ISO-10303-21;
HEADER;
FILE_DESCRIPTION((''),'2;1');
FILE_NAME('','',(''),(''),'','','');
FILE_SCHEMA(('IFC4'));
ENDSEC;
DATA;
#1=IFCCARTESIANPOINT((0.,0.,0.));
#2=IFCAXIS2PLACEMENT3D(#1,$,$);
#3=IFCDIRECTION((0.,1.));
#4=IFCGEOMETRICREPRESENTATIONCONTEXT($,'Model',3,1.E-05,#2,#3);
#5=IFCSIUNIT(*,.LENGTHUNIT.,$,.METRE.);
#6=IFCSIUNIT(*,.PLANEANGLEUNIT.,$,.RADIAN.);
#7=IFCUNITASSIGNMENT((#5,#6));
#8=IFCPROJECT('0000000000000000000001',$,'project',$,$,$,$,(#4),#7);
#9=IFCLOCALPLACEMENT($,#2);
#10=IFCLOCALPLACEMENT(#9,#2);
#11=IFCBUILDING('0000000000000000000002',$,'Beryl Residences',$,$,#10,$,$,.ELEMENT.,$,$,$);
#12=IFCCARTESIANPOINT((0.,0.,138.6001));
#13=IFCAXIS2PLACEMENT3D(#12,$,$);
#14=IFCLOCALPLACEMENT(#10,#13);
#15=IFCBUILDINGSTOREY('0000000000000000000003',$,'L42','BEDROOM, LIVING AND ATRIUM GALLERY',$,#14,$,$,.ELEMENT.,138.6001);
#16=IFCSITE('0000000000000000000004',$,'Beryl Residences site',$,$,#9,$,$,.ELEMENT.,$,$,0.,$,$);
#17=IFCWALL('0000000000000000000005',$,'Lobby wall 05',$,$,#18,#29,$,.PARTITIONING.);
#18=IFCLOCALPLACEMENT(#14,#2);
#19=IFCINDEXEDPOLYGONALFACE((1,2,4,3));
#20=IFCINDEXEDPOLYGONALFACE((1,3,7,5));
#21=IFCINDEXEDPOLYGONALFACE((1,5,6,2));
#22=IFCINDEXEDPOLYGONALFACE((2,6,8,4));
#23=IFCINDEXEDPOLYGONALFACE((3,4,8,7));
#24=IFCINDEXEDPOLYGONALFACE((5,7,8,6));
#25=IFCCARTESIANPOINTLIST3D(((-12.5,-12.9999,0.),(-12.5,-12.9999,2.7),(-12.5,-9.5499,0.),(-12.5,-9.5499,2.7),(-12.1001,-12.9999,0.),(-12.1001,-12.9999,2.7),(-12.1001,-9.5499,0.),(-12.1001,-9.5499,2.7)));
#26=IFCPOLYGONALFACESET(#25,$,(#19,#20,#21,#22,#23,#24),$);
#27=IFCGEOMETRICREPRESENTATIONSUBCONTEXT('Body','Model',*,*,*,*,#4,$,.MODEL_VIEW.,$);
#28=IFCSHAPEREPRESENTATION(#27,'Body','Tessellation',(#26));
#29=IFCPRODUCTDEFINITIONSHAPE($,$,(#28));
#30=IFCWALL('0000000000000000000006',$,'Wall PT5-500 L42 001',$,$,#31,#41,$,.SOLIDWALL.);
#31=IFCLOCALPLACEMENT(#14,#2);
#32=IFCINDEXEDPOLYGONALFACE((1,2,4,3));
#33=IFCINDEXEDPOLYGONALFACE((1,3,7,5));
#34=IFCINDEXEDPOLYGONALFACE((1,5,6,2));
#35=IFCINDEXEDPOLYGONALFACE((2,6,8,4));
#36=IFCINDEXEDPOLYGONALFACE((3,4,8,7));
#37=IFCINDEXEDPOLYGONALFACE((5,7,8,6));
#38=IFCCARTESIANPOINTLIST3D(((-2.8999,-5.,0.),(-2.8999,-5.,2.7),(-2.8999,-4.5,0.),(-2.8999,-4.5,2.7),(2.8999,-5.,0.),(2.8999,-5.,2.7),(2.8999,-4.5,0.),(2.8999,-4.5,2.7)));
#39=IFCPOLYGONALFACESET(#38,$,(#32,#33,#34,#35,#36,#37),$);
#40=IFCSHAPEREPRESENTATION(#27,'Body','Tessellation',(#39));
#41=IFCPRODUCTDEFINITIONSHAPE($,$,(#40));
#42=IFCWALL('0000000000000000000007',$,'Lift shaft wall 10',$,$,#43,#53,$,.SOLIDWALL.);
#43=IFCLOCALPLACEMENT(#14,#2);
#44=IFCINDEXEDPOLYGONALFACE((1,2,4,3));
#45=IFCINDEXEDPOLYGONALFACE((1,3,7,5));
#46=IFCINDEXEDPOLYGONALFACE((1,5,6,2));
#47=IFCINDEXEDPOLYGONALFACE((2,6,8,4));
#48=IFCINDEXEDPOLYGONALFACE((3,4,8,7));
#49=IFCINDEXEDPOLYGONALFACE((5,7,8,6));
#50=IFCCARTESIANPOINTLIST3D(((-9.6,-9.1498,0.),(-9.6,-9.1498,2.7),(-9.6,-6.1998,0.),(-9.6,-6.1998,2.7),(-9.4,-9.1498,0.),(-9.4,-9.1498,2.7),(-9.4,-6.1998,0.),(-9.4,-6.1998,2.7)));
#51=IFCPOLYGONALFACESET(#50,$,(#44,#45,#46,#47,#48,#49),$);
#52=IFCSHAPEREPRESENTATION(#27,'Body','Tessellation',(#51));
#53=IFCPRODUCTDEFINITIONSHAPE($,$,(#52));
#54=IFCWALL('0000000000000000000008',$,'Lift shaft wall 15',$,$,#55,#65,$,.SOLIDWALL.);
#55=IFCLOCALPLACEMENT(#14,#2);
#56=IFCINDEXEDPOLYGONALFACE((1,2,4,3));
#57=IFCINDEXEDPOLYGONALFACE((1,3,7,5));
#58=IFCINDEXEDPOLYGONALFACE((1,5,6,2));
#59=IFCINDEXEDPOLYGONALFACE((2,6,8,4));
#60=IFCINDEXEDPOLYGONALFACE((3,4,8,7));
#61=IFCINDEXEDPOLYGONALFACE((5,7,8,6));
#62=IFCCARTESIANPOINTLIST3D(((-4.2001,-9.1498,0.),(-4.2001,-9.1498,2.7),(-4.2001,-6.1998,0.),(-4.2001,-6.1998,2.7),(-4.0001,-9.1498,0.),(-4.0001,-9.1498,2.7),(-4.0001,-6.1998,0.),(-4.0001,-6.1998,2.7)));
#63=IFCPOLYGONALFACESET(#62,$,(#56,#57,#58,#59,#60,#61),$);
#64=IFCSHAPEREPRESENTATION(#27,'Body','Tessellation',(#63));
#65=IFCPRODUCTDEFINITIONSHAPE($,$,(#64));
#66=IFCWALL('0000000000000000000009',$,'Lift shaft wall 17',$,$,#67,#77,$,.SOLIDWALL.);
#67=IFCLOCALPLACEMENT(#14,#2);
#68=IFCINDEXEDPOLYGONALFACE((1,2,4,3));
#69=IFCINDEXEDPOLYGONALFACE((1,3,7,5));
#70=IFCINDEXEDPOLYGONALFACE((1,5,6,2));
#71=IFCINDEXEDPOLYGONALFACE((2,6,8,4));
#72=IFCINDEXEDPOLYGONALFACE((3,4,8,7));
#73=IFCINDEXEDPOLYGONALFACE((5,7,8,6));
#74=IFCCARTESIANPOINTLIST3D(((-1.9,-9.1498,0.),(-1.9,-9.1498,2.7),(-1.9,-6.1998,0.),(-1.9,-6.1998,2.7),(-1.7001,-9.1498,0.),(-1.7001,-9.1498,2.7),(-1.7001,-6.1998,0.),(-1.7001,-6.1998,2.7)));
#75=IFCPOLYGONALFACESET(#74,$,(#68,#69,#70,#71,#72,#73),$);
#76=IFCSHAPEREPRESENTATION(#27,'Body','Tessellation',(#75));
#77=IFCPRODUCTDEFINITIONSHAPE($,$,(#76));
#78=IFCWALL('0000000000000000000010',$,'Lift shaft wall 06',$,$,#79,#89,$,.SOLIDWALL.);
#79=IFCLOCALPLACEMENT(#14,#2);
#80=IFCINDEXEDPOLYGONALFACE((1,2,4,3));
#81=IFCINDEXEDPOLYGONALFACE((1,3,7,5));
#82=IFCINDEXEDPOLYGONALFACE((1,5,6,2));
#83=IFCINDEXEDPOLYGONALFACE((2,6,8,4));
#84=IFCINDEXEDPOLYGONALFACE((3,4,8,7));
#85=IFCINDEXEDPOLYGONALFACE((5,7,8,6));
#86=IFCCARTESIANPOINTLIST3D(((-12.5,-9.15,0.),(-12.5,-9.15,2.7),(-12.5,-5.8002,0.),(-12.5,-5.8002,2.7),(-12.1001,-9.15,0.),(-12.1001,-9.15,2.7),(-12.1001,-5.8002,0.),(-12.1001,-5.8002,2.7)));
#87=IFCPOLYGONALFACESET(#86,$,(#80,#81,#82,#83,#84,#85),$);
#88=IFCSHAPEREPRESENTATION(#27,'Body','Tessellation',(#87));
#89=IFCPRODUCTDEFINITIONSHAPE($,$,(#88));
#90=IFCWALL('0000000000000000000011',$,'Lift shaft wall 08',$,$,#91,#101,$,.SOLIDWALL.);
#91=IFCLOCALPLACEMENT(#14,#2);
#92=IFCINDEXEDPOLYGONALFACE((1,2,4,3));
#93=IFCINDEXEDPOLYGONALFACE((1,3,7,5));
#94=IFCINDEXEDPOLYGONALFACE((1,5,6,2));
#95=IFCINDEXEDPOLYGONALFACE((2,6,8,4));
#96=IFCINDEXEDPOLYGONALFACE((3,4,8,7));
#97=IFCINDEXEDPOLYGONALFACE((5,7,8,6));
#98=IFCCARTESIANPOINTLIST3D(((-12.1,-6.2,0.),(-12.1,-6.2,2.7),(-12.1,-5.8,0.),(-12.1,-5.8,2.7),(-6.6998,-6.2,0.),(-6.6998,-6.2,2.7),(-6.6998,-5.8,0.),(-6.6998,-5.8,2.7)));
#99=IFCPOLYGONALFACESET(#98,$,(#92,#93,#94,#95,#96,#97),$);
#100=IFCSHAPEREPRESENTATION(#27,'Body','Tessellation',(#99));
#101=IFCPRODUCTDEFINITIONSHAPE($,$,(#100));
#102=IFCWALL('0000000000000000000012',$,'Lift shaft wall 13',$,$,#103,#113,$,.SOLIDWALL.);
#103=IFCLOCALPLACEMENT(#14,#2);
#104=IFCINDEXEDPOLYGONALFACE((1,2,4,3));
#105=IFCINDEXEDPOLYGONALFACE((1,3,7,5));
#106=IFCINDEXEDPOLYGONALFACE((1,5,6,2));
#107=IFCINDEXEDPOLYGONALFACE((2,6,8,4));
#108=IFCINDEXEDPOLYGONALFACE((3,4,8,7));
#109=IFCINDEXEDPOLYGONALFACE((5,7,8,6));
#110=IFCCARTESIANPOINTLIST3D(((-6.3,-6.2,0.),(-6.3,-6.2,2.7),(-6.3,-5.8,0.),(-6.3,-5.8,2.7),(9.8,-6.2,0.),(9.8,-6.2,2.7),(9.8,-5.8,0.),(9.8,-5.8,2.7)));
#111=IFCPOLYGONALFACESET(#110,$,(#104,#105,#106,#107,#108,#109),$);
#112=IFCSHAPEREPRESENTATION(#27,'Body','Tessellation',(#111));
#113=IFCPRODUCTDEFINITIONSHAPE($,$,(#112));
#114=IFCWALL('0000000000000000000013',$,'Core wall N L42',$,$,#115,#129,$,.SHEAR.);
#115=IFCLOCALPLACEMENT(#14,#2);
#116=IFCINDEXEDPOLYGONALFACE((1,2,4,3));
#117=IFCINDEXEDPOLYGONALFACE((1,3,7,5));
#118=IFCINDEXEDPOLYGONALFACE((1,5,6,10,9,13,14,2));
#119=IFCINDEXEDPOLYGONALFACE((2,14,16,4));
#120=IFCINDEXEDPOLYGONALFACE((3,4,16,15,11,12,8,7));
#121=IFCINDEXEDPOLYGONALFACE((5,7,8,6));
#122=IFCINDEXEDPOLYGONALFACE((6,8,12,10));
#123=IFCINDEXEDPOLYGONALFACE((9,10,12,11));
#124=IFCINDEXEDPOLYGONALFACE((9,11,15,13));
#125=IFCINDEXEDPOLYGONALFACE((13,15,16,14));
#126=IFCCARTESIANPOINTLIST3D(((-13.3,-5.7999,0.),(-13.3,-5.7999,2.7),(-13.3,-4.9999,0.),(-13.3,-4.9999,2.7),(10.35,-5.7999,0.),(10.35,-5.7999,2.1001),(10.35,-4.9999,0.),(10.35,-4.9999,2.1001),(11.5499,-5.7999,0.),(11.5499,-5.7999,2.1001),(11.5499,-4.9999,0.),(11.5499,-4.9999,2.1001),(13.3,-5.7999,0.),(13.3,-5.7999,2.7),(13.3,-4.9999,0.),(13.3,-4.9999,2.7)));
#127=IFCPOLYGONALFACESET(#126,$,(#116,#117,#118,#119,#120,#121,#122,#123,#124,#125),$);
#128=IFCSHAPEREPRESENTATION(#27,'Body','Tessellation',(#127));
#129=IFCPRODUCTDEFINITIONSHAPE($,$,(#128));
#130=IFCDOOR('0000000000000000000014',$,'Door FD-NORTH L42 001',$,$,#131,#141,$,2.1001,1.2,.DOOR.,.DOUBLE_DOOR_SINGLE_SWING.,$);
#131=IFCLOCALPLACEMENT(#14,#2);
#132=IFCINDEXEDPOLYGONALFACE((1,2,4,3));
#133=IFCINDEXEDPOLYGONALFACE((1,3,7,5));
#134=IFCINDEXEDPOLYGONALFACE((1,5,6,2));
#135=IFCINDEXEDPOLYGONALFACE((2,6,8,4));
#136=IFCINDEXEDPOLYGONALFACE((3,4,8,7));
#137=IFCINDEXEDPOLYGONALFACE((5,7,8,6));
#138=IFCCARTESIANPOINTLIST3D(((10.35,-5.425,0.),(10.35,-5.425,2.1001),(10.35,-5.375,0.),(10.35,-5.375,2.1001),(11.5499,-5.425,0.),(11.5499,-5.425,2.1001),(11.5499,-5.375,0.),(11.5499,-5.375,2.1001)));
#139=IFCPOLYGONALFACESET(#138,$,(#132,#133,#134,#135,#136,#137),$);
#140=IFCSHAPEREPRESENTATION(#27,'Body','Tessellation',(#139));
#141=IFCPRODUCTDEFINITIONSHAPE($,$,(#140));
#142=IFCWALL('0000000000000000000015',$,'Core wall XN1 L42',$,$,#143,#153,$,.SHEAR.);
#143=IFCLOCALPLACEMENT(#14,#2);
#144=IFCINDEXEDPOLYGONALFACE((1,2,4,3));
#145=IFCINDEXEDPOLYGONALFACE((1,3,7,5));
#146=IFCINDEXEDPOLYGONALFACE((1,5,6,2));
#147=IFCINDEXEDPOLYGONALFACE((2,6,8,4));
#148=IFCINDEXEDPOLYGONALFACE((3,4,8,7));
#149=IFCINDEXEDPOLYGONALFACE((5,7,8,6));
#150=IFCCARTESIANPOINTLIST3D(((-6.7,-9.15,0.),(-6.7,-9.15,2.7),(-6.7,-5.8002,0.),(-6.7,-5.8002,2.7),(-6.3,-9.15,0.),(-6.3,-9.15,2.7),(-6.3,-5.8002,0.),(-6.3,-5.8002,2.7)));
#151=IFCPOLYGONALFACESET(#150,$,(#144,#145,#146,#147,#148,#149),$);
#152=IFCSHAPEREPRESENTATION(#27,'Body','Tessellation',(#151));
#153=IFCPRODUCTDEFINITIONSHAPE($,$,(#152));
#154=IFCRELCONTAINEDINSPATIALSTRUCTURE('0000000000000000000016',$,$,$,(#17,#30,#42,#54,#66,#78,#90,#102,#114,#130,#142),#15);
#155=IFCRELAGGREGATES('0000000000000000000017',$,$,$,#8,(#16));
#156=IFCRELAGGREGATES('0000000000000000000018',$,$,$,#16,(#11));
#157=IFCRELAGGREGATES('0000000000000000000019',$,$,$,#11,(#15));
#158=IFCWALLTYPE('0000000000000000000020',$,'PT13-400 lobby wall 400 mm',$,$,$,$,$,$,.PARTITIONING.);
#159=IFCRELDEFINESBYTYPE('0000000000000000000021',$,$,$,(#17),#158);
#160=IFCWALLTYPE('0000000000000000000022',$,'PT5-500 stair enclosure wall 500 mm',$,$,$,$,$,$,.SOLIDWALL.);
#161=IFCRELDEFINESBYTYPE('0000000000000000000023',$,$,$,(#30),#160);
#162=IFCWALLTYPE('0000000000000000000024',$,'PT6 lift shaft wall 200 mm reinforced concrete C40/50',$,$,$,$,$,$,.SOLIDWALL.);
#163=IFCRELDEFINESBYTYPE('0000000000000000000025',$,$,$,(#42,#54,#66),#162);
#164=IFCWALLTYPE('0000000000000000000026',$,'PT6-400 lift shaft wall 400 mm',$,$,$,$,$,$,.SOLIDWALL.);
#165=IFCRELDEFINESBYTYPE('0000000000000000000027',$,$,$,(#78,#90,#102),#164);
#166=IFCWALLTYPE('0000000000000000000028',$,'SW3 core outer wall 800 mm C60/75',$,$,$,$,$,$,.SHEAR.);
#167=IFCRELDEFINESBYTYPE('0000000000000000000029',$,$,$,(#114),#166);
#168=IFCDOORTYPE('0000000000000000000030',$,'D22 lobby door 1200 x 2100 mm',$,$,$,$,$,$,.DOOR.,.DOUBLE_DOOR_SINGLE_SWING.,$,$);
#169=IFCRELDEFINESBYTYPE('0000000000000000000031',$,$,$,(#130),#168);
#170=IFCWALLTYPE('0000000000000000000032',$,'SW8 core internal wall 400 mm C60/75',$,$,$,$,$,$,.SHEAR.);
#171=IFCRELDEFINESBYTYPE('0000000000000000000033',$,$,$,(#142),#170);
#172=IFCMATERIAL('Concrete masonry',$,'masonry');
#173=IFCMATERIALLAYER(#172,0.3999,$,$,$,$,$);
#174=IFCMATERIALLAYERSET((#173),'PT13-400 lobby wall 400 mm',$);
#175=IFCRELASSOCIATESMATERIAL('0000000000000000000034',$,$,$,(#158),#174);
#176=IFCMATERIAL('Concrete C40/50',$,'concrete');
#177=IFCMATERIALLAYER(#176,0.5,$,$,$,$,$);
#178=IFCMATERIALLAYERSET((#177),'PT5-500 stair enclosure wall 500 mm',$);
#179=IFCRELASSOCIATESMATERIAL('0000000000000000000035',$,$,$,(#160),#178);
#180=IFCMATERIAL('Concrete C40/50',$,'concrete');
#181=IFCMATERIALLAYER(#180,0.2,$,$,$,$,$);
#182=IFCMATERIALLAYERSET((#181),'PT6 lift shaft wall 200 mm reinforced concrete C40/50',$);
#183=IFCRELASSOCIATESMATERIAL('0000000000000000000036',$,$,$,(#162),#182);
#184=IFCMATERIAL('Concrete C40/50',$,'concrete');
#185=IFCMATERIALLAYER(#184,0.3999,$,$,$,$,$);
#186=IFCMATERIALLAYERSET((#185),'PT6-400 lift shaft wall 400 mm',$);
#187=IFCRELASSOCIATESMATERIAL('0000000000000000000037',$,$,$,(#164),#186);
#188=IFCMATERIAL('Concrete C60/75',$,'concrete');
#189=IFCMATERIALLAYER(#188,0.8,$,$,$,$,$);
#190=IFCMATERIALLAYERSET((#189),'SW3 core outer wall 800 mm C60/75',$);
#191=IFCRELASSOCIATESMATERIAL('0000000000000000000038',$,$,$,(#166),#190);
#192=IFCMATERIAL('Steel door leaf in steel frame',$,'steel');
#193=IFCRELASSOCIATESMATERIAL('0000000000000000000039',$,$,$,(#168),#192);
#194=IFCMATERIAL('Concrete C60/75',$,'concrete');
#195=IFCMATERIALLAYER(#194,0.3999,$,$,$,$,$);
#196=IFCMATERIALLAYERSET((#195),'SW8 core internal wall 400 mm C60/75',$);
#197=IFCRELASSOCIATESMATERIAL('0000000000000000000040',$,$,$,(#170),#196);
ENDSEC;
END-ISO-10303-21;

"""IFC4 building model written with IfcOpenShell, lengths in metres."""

from ifc_helpers import new_model, si_unit, direction, frame, frame_2d, origin, place, context, subcontext, project, spatial, rectangle, extrude, material, layer, layer_set, type_object, element, fill, save


model = new_model("IFC4")

# Units and contexts
model_context = context("Model", 3, precision=1e-05, world=origin(), true_north=direction((0.0, 1.0)))
body_context = subcontext(model_context, "Body", "Model", "MODEL_VIEW")
ifc_project = project(units=[si_unit("LENGTHUNIT", "METRE"), si_unit("PLANEANGLEUNIT", "RADIAN")], contexts=[model_context])

# Site, building, storey
site_placement = place(None, origin())
site = spatial("IfcSite", under=ifc_project, at=site_placement, Name="Beryl Residences site", CompositionType="ELEMENT", RefElevation=0.0)
building_placement = place(site_placement, origin())
building = spatial("IfcBuilding", under=site, at=building_placement, Name="Beryl Residences", CompositionType="ELEMENT")
storey_placement = place(building_placement, frame((0.0, 0.0, 138.6001)))
storey = spatial("IfcBuildingStorey", under=building, at=storey_placement, Name="L42", Description="BEDROOM, LIVING AND ATRIUM GALLERY", CompositionType="ELEMENT", Elevation=138.6001)

# Walls
ifc_material_1 = material(Name="Concrete masonry", Category="masonry")
ifc_layer_1 = layer(ifc_material_1, 0.3999)
ifc_layer_set_1 = layer_set([ifc_layer_1], Name="PT13-400 lobby wall 400 mm")
wall_type_1 = type_object("IfcWallType", Name="PT13-400 lobby wall 400 mm", PredefinedType="PARTITIONING", material=ifc_layer_set_1)
wall_1_placement = place(storey_placement, frame((-12.3, -13.0, 0.0), z_axis=(0.0, 0.0, 1.0), x_axis=(0.0, 1.0, 0.0)))
element("IfcWall", 1, at=wall_1_placement, inside=storey, type_object=wall_type_1, Name="Lobby wall 05", PredefinedType="PARTITIONING", context=body_context, shape_type="SweptSolid", body=[
    extrude(rectangle(XDim=3.45, YDim=0.3999, at=frame_2d((1.7251, 0.0))), origin(), (0.0, 0.0, 1.0), 2.7),
])
ifc_material_2 = material(Name="Concrete C40/50", Category="concrete")
ifc_layer_2 = layer(ifc_material_2, 0.5)
ifc_layer_set_2 = layer_set([ifc_layer_2], Name="PT5-500 stair enclosure wall 500 mm")
wall_type_2 = type_object("IfcWallType", Name="PT5-500 stair enclosure wall 500 mm", PredefinedType="SOLIDWALL", material=ifc_layer_set_2)
wall_2_placement = place(storey_placement, frame((-2.8999, -4.75, 0.0), z_axis=(0.0, 0.0, 1.0), x_axis=(1.0, 0.0, 0.0)))
element("IfcWall", 2, at=wall_2_placement, inside=storey, type_object=wall_type_2, Name="Wall PT5-500 L42 001", PredefinedType="SOLIDWALL", context=body_context, shape_type="SweptSolid", body=[
    extrude(rectangle(XDim=5.7998, YDim=0.5, at=frame_2d((2.8999, 0.0))), origin(), (0.0, 0.0, 1.0), 2.7),
])
ifc_material_3 = material(Name="Concrete C40/50", Category="concrete")
ifc_layer_3 = layer(ifc_material_3, 0.2)
ifc_layer_set_3 = layer_set([ifc_layer_3], Name="PT6 lift shaft wall 200 mm reinforced concrete C40/50")
wall_type_3 = type_object("IfcWallType", Name="PT6 lift shaft wall 200 mm reinforced concrete C40/50", PredefinedType="SOLIDWALL", material=ifc_layer_set_3)
for number, where, z_axis, x_axis, name in (
    (3, (-9.5, -9.1499, 0.0), (0.0, 0.0, 1.0), (0.0, 1.0, 0.0), "Lift shaft wall 10"),
    (4, (-4.1001, -9.1499, 0.0), (0.0, 0.0, 1.0), (0.0, 1.0, 0.0), "Lift shaft wall 15"),
    (5, (-1.8, -9.1499, 0.0), (0.0, 0.0, 1.0), (0.0, 1.0, 0.0), "Lift shaft wall 17"),
):
    element("IfcWall", number, at=place(storey_placement, frame(where, z_axis=z_axis, x_axis=x_axis)), inside=storey, type_object=wall_type_3, Name=name, PredefinedType="SOLIDWALL", context=body_context, shape_type="SweptSolid", body=[
        extrude(rectangle(XDim=2.95, YDim=0.2, at=frame_2d((1.4751, 0.0))), origin(), (0.0, 0.0, 1.0), 2.7),
    ])
ifc_material_4 = material(Name="Concrete C40/50", Category="concrete")
ifc_layer_4 = layer(ifc_material_4, 0.3999)
ifc_layer_set_4 = layer_set([ifc_layer_4], Name="PT6-400 lift shaft wall 400 mm")
wall_type_4 = type_object("IfcWallType", Name="PT6-400 lift shaft wall 400 mm", PredefinedType="SOLIDWALL", material=ifc_layer_set_4)
wall_3_placement = place(storey_placement, frame((-12.3, -9.1499, 0.0), z_axis=(0.0, 0.0, 1.0), x_axis=(0.0, 1.0, 0.0)))
element("IfcWall", 6, at=wall_3_placement, inside=storey, type_object=wall_type_4, Name="Lift shaft wall 06", PredefinedType="SOLIDWALL", context=body_context, shape_type="SweptSolid", body=[
    extrude(rectangle(XDim=3.3499, YDim=0.3999, at=frame_2d((1.6748, 0.0))), origin(), (0.0, 0.0, 1.0), 2.7),
])
wall_4_placement = place(storey_placement, frame((-12.1001, -6.0, 0.0), z_axis=(0.0, 0.0, 1.0), x_axis=(1.0, 0.0, 0.0)))
element("IfcWall", 7, at=wall_4_placement, inside=storey, type_object=wall_type_4, Name="Lift shaft wall 08", PredefinedType="SOLIDWALL", context=body_context, shape_type="SweptSolid", body=[
    extrude(rectangle(XDim=5.4001, YDim=0.3999, at=frame_2d((2.7002, 0.0))), origin(), (0.0, 0.0, 1.0), 2.7),
])
wall_5_placement = place(storey_placement, frame((-6.3, -6.0, 0.0), z_axis=(0.0, 0.0, 1.0), x_axis=(1.0, 0.0, 0.0)))
element("IfcWall", 8, at=wall_5_placement, inside=storey, type_object=wall_type_4, Name="Lift shaft wall 13", PredefinedType="SOLIDWALL", context=body_context, shape_type="SweptSolid", body=[
    extrude(rectangle(XDim=16.1001, YDim=0.3999, at=frame_2d((8.05, 0.0))), origin(), (0.0, 0.0, 1.0), 2.7),
])

# Wall, opening, door
ifc_material_5 = material(Name="Concrete C60/75", Category="concrete")
ifc_layer_5 = layer(ifc_material_5, 0.8)
ifc_layer_set_5 = layer_set([ifc_layer_5], Name="SW3 core outer wall 800 mm C60/75")
wall_type_5 = type_object("IfcWallType", Name="SW3 core outer wall 800 mm C60/75", PredefinedType="SHEAR", material=ifc_layer_set_5)
wall_6_placement = place(storey_placement, frame((-13.3, -5.3999, 0.0), z_axis=(0.0, 0.0, 1.0), x_axis=(1.0, 0.0, 0.0)))
wall_6 = element("IfcWall", 9, at=wall_6_placement, inside=storey, type_object=wall_type_5, Name="Core wall N L42", PredefinedType="SHEAR", context=body_context, shape_type="SweptSolid", body=[
    extrude(rectangle(XDim=26.6001, YDim=0.8, at=frame_2d((13.3, 0.0))), origin(), (0.0, 0.0, 1.0), 2.7),
])
opening_1_placement = place(wall_6_placement, frame((23.6499, 0.0, 0.0)))
opening_1 = element("IfcOpeningElement", 10, at=opening_1_placement, cuts=wall_6, PredefinedType="OPENING", context=body_context, shape_type="SweptSolid", body=[
    extrude(rectangle(XDim=1.2, YDim=2.1001, at=frame_2d((0.6001, 1.05))), frame((0.0, 0.4099, 0.0), z_axis=(0.0, -1.0, 0.0), x_axis=(1.0, 0.0, 0.0)), (0.0, 0.0, 1.0), 0.8201),
])
ifc_material_6 = material(Name="Steel door leaf in steel frame", Category="steel")
door_type_1 = type_object("IfcDoorType", Name="D22 lobby door 1200 x 2100 mm", OperationType="DOUBLE_DOOR_SINGLE_SWING", PredefinedType="DOOR", material=ifc_material_6)
door_1_placement = place(opening_1_placement, origin())
door_1 = element("IfcDoor", 11, at=door_1_placement, inside=storey, type_object=door_type_1, Name="Door FD-NORTH L42 001", OperationType="DOUBLE_DOOR_SINGLE_SWING", OverallHeight=2.1001, OverallWidth=1.2, PredefinedType="DOOR", context=body_context, shape_type="SweptSolid", body=[
    extrude(rectangle(XDim=1.2, YDim=2.1001, at=frame_2d((0.6001, 1.05))), frame((0.0, 0.0249, 0.0), z_axis=(0.0, -1.0, 0.0), x_axis=(1.0, 0.0, 0.0)), (0.0, 0.0, 1.0), 0.05),
])
fill(opening_1, door_1)

# Shared definitions
ifc_material_7 = material(Name="Concrete C60/75", Category="concrete")
ifc_layer_6 = layer(ifc_material_7, 0.3999)
ifc_layer_set_6 = layer_set([ifc_layer_6], Name="SW8 core internal wall 400 mm C60/75")
wall_type_6 = type_object("IfcWallType", Name="SW8 core internal wall 400 mm C60/75", PredefinedType="SHEAR", material=ifc_layer_set_6)

# Wall
wall_7_placement = place(storey_placement, frame((-6.5, -9.1499, 0.0), z_axis=(0.0, 0.0, 1.0), x_axis=(0.0, 1.0, 0.0)))
element("IfcWall", 12, at=wall_7_placement, inside=storey, type_object=wall_type_6, Name="Core wall XN1 L42", PredefinedType="SHEAR", context=body_context, shape_type="SweptSolid", body=[
    extrude(rectangle(XDim=3.3499, YDim=0.3999, at=frame_2d((1.6748, 0.0))), origin(), (0.0, 0.0, 1.0), 2.7),
])

save(model, "model.ifc")
